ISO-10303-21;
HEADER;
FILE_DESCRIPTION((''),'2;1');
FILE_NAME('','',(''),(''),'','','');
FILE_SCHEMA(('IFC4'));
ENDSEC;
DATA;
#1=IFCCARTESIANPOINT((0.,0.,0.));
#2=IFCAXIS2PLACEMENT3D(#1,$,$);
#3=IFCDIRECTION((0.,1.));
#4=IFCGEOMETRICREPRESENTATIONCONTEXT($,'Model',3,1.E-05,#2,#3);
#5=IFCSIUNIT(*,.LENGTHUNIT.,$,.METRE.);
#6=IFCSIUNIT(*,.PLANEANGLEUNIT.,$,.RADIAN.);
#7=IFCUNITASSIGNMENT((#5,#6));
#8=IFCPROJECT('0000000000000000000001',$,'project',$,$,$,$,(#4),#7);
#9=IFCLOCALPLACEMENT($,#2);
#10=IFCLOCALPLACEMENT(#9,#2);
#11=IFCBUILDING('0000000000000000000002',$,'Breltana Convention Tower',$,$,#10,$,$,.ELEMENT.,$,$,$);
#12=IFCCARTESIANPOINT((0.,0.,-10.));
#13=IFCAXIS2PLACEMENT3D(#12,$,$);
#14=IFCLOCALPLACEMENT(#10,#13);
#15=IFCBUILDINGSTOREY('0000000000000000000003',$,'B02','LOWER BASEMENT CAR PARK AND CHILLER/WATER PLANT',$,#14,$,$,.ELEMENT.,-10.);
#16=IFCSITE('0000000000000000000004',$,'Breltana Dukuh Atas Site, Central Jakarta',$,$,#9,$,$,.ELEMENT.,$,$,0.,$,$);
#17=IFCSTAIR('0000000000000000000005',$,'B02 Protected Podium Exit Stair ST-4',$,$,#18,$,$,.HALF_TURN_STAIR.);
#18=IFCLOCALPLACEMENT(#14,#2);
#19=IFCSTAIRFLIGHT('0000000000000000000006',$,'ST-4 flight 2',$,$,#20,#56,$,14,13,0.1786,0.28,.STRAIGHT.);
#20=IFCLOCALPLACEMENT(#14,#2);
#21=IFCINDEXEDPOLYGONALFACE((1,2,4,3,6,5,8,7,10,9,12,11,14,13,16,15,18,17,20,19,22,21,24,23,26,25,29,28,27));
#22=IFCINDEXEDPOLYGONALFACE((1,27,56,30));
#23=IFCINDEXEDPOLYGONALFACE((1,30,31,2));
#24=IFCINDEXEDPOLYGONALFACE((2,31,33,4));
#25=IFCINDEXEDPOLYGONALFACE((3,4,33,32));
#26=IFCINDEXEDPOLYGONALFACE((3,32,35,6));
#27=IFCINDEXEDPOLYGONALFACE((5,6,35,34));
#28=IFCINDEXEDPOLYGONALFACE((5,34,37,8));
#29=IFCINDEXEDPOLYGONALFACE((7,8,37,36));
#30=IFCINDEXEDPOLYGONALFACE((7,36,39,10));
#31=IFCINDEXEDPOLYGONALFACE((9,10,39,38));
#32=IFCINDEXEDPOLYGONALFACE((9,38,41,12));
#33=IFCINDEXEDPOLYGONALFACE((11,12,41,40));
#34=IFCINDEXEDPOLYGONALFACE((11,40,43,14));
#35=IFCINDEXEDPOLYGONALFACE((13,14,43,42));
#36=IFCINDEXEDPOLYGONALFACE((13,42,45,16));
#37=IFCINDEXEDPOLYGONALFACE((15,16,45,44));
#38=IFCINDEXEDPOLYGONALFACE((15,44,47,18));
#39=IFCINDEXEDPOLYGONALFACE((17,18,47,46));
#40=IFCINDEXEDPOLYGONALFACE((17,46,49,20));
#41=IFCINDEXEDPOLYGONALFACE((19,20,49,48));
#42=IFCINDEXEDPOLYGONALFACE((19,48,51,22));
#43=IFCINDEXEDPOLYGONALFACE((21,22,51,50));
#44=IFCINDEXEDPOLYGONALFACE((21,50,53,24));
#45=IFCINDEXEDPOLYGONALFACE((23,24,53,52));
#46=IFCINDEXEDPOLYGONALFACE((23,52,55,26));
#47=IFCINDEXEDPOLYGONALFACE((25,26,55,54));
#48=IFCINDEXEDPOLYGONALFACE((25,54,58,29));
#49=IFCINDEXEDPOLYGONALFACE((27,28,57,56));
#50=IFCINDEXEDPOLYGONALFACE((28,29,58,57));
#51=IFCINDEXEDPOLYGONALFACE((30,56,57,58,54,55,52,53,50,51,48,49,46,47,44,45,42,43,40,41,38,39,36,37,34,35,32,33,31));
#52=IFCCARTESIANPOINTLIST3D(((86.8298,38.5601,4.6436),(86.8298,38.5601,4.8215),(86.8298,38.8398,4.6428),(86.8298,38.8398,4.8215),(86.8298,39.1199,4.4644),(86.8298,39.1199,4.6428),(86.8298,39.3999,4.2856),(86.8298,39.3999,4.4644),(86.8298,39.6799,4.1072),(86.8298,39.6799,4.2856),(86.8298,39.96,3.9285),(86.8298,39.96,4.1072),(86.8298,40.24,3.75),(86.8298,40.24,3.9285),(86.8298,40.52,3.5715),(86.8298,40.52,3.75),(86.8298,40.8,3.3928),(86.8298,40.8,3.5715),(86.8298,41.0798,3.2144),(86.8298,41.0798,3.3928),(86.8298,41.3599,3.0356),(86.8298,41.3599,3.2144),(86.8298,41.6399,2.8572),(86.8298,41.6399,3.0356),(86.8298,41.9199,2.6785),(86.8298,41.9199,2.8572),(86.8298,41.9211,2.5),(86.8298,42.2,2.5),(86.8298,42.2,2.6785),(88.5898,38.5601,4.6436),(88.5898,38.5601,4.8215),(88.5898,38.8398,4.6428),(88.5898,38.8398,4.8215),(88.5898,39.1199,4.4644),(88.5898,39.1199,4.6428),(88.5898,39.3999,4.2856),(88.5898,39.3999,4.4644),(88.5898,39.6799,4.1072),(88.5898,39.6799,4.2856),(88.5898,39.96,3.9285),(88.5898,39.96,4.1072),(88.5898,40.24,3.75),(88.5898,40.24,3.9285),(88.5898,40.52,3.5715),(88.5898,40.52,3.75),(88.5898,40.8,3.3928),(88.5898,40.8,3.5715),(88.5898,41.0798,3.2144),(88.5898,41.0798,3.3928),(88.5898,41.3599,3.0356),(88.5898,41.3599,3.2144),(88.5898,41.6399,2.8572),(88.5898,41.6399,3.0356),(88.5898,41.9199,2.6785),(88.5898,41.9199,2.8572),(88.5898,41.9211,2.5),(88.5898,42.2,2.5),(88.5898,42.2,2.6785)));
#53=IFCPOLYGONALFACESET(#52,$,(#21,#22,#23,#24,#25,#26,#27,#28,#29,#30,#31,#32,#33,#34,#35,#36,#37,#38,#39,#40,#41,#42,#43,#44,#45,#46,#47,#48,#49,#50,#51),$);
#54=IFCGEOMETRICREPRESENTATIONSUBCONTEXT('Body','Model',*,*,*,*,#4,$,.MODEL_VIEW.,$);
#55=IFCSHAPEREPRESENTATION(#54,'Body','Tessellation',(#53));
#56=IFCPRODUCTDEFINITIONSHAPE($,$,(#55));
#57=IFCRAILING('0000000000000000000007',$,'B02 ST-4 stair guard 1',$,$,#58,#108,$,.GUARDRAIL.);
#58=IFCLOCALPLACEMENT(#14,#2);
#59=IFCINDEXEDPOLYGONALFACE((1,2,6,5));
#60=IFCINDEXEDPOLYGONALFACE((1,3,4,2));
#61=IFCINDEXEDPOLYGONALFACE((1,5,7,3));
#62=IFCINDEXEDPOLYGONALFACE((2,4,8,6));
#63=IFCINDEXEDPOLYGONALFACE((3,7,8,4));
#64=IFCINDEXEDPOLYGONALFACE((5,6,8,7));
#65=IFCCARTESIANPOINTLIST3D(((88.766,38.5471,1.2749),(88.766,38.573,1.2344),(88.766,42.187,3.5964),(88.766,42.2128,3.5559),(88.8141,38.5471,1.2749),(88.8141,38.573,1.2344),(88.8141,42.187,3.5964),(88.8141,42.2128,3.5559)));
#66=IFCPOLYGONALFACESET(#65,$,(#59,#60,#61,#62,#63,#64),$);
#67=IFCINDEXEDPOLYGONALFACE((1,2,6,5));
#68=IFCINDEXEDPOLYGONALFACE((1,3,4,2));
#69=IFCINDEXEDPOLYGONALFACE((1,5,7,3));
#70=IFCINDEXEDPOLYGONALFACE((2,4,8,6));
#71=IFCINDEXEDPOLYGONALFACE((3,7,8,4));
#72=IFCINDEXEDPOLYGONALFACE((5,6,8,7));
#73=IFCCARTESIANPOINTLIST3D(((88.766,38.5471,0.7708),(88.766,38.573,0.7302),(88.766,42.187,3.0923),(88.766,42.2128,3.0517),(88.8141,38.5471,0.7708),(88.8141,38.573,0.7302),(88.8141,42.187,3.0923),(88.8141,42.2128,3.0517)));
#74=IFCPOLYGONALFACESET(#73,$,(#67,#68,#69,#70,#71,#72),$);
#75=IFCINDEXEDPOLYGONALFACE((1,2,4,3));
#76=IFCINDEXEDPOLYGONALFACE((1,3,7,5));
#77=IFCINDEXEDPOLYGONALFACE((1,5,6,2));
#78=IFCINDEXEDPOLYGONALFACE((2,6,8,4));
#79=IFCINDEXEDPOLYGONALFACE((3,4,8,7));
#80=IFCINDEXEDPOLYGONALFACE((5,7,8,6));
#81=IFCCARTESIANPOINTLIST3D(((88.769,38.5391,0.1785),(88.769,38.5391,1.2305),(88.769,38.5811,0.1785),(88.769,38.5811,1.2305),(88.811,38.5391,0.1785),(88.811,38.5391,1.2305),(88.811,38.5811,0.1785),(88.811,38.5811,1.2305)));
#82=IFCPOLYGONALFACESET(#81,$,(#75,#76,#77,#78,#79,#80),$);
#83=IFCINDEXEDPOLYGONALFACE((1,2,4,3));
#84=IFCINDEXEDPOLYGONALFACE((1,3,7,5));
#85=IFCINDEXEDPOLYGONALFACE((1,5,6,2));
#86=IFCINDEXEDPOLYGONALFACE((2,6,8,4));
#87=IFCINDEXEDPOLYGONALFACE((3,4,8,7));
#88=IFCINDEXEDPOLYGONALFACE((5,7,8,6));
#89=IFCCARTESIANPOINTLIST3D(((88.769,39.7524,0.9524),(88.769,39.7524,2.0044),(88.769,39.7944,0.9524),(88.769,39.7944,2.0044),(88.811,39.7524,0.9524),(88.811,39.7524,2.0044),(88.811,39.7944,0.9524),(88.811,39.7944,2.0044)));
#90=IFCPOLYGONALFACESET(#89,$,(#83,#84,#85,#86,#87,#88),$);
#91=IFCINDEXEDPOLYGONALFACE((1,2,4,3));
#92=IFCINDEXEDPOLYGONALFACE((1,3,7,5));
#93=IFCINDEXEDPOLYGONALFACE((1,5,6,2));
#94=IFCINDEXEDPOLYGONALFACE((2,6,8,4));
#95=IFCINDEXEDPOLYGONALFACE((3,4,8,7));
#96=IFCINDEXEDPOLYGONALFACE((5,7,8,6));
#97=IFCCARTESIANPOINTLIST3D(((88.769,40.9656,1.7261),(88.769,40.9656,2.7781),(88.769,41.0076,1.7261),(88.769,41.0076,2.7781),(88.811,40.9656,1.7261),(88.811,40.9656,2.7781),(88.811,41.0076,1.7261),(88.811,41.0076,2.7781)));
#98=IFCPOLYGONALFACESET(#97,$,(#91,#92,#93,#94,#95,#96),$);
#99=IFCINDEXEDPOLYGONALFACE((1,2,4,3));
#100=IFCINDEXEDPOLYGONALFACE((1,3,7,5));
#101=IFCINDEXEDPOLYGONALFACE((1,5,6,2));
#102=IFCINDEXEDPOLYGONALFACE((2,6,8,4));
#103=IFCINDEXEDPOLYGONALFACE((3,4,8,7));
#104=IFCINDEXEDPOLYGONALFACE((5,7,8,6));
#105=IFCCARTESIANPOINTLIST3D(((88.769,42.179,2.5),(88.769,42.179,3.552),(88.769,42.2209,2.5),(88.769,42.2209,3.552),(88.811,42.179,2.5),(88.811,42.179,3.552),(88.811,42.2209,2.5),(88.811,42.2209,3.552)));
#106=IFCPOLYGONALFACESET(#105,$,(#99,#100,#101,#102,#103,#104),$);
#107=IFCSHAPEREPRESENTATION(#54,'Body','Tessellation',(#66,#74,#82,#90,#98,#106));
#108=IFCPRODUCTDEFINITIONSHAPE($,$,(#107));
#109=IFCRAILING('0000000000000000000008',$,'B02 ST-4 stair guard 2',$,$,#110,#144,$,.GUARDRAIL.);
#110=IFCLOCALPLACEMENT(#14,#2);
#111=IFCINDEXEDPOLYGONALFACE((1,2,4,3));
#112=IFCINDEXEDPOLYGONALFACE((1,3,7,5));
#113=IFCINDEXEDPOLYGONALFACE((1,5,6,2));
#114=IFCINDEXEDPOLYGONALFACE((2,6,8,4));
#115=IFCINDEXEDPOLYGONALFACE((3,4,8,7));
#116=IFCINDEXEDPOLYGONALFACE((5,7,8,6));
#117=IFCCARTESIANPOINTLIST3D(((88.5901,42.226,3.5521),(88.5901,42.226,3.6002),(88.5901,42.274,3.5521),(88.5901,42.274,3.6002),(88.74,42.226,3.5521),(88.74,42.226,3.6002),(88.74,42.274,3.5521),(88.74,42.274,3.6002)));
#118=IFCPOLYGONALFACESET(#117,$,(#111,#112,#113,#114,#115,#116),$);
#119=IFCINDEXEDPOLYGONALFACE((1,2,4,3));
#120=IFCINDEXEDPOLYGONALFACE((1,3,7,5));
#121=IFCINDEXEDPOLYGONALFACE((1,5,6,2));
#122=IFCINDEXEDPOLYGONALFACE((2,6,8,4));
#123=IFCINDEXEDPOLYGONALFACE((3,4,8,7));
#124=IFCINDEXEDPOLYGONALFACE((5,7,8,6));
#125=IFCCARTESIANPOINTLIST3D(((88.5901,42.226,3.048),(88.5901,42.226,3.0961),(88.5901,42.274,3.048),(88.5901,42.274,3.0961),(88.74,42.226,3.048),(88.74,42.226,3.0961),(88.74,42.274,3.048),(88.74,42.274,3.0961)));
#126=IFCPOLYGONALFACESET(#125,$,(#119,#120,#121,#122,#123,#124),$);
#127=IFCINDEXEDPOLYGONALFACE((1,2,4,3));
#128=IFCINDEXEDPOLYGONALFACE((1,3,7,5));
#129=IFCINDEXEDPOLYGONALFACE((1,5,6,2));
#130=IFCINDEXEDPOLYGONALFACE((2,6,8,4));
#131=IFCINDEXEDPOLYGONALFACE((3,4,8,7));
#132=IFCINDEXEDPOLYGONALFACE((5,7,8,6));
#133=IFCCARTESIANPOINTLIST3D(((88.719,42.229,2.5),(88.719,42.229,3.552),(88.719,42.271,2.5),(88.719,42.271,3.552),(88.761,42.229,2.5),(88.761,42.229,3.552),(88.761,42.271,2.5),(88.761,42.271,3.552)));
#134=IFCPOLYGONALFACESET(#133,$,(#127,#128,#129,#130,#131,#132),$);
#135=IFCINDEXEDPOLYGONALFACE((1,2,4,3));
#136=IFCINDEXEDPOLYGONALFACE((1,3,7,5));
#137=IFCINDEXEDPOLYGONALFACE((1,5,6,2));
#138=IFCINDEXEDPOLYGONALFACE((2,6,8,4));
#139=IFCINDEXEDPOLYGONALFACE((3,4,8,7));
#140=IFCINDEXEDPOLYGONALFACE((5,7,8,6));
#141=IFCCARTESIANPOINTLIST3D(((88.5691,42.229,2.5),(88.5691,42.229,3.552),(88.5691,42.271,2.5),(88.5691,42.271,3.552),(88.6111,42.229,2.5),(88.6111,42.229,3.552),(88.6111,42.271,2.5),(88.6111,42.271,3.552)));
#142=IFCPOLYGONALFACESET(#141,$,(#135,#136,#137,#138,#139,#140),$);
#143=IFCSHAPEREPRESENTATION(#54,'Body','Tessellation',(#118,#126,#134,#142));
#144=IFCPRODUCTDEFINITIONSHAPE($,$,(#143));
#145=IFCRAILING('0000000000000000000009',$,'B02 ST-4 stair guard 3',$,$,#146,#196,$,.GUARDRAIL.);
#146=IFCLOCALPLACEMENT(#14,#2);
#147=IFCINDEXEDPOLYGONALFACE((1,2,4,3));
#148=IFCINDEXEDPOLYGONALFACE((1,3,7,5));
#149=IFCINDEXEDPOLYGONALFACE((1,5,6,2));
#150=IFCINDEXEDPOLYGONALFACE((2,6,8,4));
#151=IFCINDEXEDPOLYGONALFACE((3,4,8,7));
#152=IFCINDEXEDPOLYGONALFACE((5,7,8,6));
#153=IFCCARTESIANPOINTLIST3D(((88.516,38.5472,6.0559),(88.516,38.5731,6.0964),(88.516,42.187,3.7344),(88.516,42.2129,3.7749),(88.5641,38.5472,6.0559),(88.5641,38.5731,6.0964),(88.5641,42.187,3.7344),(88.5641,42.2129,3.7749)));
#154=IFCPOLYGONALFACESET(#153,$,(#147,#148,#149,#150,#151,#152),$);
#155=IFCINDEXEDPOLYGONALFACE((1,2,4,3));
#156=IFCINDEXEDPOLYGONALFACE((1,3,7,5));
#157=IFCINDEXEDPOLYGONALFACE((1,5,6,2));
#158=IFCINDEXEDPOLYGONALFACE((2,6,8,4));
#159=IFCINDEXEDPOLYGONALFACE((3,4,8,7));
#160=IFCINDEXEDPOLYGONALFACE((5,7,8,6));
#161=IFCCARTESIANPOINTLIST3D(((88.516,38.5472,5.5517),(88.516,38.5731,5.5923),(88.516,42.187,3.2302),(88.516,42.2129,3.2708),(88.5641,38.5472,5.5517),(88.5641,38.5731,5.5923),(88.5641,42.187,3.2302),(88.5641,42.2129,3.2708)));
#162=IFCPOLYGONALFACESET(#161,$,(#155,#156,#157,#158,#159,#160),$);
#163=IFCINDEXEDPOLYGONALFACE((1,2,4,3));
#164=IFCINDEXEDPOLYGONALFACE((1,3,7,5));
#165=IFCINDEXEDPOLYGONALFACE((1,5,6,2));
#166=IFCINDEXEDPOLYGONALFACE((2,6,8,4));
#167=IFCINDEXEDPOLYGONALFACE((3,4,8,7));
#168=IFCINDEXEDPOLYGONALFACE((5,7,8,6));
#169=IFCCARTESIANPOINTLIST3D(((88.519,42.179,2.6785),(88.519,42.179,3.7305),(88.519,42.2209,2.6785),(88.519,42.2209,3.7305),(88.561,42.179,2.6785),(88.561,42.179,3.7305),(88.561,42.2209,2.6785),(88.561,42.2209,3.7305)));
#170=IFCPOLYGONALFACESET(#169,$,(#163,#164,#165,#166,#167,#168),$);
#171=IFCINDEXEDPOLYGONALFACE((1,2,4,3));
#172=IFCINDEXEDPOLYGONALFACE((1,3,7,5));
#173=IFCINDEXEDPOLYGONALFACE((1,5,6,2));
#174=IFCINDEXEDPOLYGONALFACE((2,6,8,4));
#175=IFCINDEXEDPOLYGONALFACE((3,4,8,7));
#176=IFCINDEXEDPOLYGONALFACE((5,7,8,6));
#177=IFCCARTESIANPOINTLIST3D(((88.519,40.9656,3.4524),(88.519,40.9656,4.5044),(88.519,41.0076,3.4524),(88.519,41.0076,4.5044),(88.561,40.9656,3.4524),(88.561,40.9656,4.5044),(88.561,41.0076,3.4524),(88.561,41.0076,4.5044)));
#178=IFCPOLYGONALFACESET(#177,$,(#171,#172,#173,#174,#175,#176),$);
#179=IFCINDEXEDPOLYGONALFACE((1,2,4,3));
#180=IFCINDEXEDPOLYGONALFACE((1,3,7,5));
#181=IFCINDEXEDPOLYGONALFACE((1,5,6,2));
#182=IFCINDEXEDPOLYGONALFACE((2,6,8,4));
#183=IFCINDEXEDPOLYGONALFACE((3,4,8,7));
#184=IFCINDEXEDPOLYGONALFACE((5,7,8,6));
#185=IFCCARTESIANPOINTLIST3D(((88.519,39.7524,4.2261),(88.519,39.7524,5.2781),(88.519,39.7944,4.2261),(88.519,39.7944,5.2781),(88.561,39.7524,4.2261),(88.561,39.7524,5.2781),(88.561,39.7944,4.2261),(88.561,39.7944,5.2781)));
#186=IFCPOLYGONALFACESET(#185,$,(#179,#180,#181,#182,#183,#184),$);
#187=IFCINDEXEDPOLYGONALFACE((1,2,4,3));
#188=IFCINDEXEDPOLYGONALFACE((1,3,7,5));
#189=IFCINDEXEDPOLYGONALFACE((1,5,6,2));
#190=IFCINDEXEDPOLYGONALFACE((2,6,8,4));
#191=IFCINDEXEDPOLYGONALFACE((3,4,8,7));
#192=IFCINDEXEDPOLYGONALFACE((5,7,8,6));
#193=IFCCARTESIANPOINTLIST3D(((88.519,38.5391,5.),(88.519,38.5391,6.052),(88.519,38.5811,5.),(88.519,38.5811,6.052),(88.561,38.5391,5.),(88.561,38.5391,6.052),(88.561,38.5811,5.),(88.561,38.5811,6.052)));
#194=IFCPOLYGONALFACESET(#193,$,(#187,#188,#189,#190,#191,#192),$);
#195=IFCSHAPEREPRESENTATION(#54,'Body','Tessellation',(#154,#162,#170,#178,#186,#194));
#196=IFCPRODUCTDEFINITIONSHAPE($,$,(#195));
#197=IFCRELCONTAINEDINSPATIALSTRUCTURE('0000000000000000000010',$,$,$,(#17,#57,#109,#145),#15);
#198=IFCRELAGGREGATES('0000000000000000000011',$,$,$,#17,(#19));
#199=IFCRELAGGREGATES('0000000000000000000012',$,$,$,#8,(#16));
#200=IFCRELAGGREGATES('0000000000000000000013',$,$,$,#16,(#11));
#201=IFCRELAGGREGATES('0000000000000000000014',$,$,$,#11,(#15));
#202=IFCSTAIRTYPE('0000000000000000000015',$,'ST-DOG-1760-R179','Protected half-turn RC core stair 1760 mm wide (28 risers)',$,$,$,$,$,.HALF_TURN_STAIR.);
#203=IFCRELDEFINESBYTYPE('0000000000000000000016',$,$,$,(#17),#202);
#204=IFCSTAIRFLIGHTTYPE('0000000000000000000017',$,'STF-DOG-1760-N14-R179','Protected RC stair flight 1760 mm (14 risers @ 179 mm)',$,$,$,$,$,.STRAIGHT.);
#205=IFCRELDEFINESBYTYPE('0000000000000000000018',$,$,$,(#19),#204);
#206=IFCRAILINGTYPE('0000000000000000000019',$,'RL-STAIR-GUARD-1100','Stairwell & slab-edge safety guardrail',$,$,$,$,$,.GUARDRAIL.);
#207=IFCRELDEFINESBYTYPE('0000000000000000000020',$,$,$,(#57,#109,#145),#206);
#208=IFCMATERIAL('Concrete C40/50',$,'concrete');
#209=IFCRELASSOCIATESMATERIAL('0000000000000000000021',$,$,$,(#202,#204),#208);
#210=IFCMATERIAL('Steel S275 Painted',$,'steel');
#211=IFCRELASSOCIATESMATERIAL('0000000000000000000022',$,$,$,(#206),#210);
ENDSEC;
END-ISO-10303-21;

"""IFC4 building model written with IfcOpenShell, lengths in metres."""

from ifc_helpers import new_model, si_unit, direction, frame, origin, origin_2d, place, context, subcontext, project, spatial, polyline, rectangle, outline, extrude, material, type_object, element, aggregate, save


model = new_model("IFC4")

# Units and contexts
model_context = context("Model", 3, precision=1e-05, world=origin(), true_north=direction((0.0, 1.0)))
body_context = subcontext(model_context, "Body", "Model", "MODEL_VIEW")
ifc_project = project(units=[si_unit("LENGTHUNIT", "METRE"), si_unit("PLANEANGLEUNIT", "RADIAN")], contexts=[model_context])

# Site, building, storey
site_placement = place(None, origin())
site = spatial("IfcSite", under=ifc_project, at=site_placement, Name="Breltana Dukuh Atas Site, Central Jakarta", CompositionType="ELEMENT", RefElevation=0.0)
building_placement = place(site_placement, origin())
building = spatial("IfcBuilding", under=site, at=building_placement, Name="Breltana Convention Tower", CompositionType="ELEMENT")
storey_placement = place(building_placement, frame((0.0, 0.0, -10.0)))
storey = spatial("IfcBuildingStorey", under=building, at=storey_placement, Name="B02", Description="LOWER BASEMENT CAR PARK AND CHILLER/WATER PLANT", CompositionType="ELEMENT", Elevation=-10.0)

# Shared definitions
ifc_material_1 = material(Name="Concrete C40/50", Category="concrete")

# Stair, stair flight
stair_type = type_object("IfcStairType", Name="ST-DOG-1760-R179", Description="Protected half-turn RC core stair 1760 mm wide (28 risers)", PredefinedType="HALF_TURN_STAIR", material=ifc_material_1)
stair_placement = place(storey_placement, origin())
stair = element("IfcStair", 1, at=stair_placement, inside=storey, type_object=stair_type, Name="B02 Protected Podium Exit Stair ST-4", PredefinedType="HALF_TURN_STAIR")
stair_flight_type = type_object("IfcStairFlightType", Name="STF-DOG-1760-N14-R179", Description="Protected RC stair flight 1760 mm (14 risers @ 179 mm)", PredefinedType="STRAIGHT", material=ifc_material_1)
stair_flight_1_placement = place(storey_placement, frame((87.71, 42.2, 2.5), z_axis=(0.0, 0.0, 1.0), x_axis=(0.0, -1.0, 0.0)))
stair_flight_1 = element("IfcStairFlight", 2, at=stair_flight_1_placement, type_object=stair_flight_type, Name="ST-4 flight 2", NumberOfRisers=14, NumberOfTreads=13, PredefinedType="STRAIGHT", RiserHeight=0.1786, TreadLength=0.28, context=body_context, shape_type="SweptSolid", body=[
    extrude(outline(polyline([(0.0, 0.0), (0.0, 0.1785), (0.28, 0.1785), (0.28, 0.3572), (0.5601, 0.3572), (0.5601, 0.5356), (0.8401, 0.5356), (0.8401, 0.7144), (1.1201, 0.7144), (1.1201, 0.8928), (1.3999, 0.8928), (1.3999, 1.0715), (1.6799, 1.0715), (1.6799, 1.25), (1.96, 1.25), (1.96, 1.4285), (2.24, 1.4285), (2.24, 1.6072), (2.52, 1.6072), (2.52, 1.7856), (2.8, 1.7856), (2.8, 1.9644), (3.0801, 1.9644), (3.0801, 2.1428), (3.3601, 2.1428), (3.3601, 2.3215), (3.6399, 2.3215), (3.6399, 2.5), (3.6399, 2.1436), (0.2788, 0.0), (0.0, 0.0)])), frame((0.0, 0.8799, 0.0), z_axis=(0.0, -1.0, 0.0), x_axis=(1.0, 0.0, 0.0)), (0.0, 0.0, 1.0), 1.76),
])
aggregate(stair, [stair_flight_1])

# Railings
ifc_material_2 = material(Name="Steel S275 Painted", Category="steel")
railing_type_1 = type_object("IfcRailingType", Name="RL-STAIR-GUARD-1100", Description="Stairwell & slab-edge safety guardrail", PredefinedType="GUARDRAIL", material=ifc_material_2)
railing_1_placement = place(storey_placement, frame((88.79, 38.5601, 0.1785)))
element("IfcRailing", 3, at=railing_1_placement, inside=storey, type_object=railing_type_1, Name="B02 ST-4 stair guard 1", PredefinedType="GUARDRAIL", context=body_context, shape_type="SweptSolid", body=[
    extrude(rectangle(XDim=0.0481, YDim=0.0481, at=origin_2d()), frame((0.0, 0.0, 1.0762), z_axis=(0.0, 0.843112, 0.537739), x_axis=(-1.0, 0.0, 0.0)), (0.0, 0.0, 1.0), 4.3171),
    extrude(rectangle(XDim=0.0481, YDim=0.0481, at=origin_2d()), frame((0.0, 0.0, 0.572), z_axis=(0.0, 0.843112, 0.537739), x_axis=(-1.0, 0.0, 0.0)), (0.0, 0.0, 1.0), 4.3171),
    extrude(rectangle(XDim=0.042, YDim=0.042, at=origin_2d()), origin(), (0.0, 0.0, 1.0), 1.052),
    extrude(rectangle(XDim=0.042, YDim=0.042, at=origin_2d()), frame((0.0, 1.2134, 0.7739)), (0.0, 0.0, 1.0), 1.052),
    extrude(rectangle(XDim=0.042, YDim=0.042, at=origin_2d()), frame((0.0, 2.4265, 1.5476)), (0.0, 0.0, 1.0), 1.052),
    extrude(rectangle(XDim=0.042, YDim=0.042, at=origin_2d()), frame((0.0, 3.6399, 2.3215)), (0.0, 0.0, 1.0), 1.052),
])
railing_2_placement = place(storey_placement, frame((88.74, 42.25, 2.5)))
element("IfcRailing", 4, at=railing_2_placement, inside=storey, type_object=railing_type_1, Name="B02 ST-4 stair guard 2", PredefinedType="GUARDRAIL", context=body_context, shape_type="SweptSolid", body=[
    extrude(rectangle(XDim=0.0481, YDim=0.0481, at=origin_2d()), frame((0.0, 0.0, 1.0762), z_axis=(-1.0, 0.0, 0.0), x_axis=(0.0, -1.0, 0.0)), (0.0, 0.0, 1.0), 0.1499),
    extrude(rectangle(XDim=0.0481, YDim=0.0481, at=origin_2d()), frame((0.0, 0.0, 0.572), z_axis=(-1.0, 0.0, 0.0), x_axis=(0.0, -1.0, 0.0)), (0.0, 0.0, 1.0), 0.1499),
    extrude(rectangle(XDim=0.042, YDim=0.042, at=origin_2d()), origin(), (0.0, 0.0, 1.0), 1.052),
    extrude(rectangle(XDim=0.042, YDim=0.042, at=origin_2d()), frame((-0.1499, 0.0, 0.0)), (0.0, 0.0, 1.0), 1.052),
])
railing_3_placement = place(storey_placement, frame((88.54, 42.2, 2.6785)))
element("IfcRailing", 5, at=railing_3_placement, inside=storey, type_object=railing_type_1, Name="B02 ST-4 stair guard 3", PredefinedType="GUARDRAIL", context=body_context, shape_type="SweptSolid", body=[
    extrude(rectangle(XDim=0.0481, YDim=0.0481, at=origin_2d()), frame((0.0, 0.0, 1.0762), z_axis=(0.0, -0.843112, 0.537739), x_axis=(1.0, 0.0, 0.0)), (0.0, 0.0, 1.0), 4.3171),
    extrude(rectangle(XDim=0.0481, YDim=0.0481, at=origin_2d()), frame((0.0, 0.0, 0.572), z_axis=(0.0, -0.843112, 0.537739), x_axis=(1.0, 0.0, 0.0)), (0.0, 0.0, 1.0), 4.3171),
    extrude(rectangle(XDim=0.042, YDim=0.042, at=origin_2d()), origin(), (0.0, 0.0, 1.0), 1.052),
    extrude(rectangle(XDim=0.042, YDim=0.042, at=origin_2d()), frame((0.0, -1.2134, 0.7739)), (0.0, 0.0, 1.0), 1.052),
    extrude(rectangle(XDim=0.042, YDim=0.042, at=origin_2d()), frame((0.0, -2.4265, 1.5476)), (0.0, 0.0, 1.0), 1.052),
    extrude(rectangle(XDim=0.042, YDim=0.042, at=origin_2d()), frame((0.0, -3.6399, 2.3215)), (0.0, 0.0, 1.0), 1.052),
])

save(model, "model.ifc")
